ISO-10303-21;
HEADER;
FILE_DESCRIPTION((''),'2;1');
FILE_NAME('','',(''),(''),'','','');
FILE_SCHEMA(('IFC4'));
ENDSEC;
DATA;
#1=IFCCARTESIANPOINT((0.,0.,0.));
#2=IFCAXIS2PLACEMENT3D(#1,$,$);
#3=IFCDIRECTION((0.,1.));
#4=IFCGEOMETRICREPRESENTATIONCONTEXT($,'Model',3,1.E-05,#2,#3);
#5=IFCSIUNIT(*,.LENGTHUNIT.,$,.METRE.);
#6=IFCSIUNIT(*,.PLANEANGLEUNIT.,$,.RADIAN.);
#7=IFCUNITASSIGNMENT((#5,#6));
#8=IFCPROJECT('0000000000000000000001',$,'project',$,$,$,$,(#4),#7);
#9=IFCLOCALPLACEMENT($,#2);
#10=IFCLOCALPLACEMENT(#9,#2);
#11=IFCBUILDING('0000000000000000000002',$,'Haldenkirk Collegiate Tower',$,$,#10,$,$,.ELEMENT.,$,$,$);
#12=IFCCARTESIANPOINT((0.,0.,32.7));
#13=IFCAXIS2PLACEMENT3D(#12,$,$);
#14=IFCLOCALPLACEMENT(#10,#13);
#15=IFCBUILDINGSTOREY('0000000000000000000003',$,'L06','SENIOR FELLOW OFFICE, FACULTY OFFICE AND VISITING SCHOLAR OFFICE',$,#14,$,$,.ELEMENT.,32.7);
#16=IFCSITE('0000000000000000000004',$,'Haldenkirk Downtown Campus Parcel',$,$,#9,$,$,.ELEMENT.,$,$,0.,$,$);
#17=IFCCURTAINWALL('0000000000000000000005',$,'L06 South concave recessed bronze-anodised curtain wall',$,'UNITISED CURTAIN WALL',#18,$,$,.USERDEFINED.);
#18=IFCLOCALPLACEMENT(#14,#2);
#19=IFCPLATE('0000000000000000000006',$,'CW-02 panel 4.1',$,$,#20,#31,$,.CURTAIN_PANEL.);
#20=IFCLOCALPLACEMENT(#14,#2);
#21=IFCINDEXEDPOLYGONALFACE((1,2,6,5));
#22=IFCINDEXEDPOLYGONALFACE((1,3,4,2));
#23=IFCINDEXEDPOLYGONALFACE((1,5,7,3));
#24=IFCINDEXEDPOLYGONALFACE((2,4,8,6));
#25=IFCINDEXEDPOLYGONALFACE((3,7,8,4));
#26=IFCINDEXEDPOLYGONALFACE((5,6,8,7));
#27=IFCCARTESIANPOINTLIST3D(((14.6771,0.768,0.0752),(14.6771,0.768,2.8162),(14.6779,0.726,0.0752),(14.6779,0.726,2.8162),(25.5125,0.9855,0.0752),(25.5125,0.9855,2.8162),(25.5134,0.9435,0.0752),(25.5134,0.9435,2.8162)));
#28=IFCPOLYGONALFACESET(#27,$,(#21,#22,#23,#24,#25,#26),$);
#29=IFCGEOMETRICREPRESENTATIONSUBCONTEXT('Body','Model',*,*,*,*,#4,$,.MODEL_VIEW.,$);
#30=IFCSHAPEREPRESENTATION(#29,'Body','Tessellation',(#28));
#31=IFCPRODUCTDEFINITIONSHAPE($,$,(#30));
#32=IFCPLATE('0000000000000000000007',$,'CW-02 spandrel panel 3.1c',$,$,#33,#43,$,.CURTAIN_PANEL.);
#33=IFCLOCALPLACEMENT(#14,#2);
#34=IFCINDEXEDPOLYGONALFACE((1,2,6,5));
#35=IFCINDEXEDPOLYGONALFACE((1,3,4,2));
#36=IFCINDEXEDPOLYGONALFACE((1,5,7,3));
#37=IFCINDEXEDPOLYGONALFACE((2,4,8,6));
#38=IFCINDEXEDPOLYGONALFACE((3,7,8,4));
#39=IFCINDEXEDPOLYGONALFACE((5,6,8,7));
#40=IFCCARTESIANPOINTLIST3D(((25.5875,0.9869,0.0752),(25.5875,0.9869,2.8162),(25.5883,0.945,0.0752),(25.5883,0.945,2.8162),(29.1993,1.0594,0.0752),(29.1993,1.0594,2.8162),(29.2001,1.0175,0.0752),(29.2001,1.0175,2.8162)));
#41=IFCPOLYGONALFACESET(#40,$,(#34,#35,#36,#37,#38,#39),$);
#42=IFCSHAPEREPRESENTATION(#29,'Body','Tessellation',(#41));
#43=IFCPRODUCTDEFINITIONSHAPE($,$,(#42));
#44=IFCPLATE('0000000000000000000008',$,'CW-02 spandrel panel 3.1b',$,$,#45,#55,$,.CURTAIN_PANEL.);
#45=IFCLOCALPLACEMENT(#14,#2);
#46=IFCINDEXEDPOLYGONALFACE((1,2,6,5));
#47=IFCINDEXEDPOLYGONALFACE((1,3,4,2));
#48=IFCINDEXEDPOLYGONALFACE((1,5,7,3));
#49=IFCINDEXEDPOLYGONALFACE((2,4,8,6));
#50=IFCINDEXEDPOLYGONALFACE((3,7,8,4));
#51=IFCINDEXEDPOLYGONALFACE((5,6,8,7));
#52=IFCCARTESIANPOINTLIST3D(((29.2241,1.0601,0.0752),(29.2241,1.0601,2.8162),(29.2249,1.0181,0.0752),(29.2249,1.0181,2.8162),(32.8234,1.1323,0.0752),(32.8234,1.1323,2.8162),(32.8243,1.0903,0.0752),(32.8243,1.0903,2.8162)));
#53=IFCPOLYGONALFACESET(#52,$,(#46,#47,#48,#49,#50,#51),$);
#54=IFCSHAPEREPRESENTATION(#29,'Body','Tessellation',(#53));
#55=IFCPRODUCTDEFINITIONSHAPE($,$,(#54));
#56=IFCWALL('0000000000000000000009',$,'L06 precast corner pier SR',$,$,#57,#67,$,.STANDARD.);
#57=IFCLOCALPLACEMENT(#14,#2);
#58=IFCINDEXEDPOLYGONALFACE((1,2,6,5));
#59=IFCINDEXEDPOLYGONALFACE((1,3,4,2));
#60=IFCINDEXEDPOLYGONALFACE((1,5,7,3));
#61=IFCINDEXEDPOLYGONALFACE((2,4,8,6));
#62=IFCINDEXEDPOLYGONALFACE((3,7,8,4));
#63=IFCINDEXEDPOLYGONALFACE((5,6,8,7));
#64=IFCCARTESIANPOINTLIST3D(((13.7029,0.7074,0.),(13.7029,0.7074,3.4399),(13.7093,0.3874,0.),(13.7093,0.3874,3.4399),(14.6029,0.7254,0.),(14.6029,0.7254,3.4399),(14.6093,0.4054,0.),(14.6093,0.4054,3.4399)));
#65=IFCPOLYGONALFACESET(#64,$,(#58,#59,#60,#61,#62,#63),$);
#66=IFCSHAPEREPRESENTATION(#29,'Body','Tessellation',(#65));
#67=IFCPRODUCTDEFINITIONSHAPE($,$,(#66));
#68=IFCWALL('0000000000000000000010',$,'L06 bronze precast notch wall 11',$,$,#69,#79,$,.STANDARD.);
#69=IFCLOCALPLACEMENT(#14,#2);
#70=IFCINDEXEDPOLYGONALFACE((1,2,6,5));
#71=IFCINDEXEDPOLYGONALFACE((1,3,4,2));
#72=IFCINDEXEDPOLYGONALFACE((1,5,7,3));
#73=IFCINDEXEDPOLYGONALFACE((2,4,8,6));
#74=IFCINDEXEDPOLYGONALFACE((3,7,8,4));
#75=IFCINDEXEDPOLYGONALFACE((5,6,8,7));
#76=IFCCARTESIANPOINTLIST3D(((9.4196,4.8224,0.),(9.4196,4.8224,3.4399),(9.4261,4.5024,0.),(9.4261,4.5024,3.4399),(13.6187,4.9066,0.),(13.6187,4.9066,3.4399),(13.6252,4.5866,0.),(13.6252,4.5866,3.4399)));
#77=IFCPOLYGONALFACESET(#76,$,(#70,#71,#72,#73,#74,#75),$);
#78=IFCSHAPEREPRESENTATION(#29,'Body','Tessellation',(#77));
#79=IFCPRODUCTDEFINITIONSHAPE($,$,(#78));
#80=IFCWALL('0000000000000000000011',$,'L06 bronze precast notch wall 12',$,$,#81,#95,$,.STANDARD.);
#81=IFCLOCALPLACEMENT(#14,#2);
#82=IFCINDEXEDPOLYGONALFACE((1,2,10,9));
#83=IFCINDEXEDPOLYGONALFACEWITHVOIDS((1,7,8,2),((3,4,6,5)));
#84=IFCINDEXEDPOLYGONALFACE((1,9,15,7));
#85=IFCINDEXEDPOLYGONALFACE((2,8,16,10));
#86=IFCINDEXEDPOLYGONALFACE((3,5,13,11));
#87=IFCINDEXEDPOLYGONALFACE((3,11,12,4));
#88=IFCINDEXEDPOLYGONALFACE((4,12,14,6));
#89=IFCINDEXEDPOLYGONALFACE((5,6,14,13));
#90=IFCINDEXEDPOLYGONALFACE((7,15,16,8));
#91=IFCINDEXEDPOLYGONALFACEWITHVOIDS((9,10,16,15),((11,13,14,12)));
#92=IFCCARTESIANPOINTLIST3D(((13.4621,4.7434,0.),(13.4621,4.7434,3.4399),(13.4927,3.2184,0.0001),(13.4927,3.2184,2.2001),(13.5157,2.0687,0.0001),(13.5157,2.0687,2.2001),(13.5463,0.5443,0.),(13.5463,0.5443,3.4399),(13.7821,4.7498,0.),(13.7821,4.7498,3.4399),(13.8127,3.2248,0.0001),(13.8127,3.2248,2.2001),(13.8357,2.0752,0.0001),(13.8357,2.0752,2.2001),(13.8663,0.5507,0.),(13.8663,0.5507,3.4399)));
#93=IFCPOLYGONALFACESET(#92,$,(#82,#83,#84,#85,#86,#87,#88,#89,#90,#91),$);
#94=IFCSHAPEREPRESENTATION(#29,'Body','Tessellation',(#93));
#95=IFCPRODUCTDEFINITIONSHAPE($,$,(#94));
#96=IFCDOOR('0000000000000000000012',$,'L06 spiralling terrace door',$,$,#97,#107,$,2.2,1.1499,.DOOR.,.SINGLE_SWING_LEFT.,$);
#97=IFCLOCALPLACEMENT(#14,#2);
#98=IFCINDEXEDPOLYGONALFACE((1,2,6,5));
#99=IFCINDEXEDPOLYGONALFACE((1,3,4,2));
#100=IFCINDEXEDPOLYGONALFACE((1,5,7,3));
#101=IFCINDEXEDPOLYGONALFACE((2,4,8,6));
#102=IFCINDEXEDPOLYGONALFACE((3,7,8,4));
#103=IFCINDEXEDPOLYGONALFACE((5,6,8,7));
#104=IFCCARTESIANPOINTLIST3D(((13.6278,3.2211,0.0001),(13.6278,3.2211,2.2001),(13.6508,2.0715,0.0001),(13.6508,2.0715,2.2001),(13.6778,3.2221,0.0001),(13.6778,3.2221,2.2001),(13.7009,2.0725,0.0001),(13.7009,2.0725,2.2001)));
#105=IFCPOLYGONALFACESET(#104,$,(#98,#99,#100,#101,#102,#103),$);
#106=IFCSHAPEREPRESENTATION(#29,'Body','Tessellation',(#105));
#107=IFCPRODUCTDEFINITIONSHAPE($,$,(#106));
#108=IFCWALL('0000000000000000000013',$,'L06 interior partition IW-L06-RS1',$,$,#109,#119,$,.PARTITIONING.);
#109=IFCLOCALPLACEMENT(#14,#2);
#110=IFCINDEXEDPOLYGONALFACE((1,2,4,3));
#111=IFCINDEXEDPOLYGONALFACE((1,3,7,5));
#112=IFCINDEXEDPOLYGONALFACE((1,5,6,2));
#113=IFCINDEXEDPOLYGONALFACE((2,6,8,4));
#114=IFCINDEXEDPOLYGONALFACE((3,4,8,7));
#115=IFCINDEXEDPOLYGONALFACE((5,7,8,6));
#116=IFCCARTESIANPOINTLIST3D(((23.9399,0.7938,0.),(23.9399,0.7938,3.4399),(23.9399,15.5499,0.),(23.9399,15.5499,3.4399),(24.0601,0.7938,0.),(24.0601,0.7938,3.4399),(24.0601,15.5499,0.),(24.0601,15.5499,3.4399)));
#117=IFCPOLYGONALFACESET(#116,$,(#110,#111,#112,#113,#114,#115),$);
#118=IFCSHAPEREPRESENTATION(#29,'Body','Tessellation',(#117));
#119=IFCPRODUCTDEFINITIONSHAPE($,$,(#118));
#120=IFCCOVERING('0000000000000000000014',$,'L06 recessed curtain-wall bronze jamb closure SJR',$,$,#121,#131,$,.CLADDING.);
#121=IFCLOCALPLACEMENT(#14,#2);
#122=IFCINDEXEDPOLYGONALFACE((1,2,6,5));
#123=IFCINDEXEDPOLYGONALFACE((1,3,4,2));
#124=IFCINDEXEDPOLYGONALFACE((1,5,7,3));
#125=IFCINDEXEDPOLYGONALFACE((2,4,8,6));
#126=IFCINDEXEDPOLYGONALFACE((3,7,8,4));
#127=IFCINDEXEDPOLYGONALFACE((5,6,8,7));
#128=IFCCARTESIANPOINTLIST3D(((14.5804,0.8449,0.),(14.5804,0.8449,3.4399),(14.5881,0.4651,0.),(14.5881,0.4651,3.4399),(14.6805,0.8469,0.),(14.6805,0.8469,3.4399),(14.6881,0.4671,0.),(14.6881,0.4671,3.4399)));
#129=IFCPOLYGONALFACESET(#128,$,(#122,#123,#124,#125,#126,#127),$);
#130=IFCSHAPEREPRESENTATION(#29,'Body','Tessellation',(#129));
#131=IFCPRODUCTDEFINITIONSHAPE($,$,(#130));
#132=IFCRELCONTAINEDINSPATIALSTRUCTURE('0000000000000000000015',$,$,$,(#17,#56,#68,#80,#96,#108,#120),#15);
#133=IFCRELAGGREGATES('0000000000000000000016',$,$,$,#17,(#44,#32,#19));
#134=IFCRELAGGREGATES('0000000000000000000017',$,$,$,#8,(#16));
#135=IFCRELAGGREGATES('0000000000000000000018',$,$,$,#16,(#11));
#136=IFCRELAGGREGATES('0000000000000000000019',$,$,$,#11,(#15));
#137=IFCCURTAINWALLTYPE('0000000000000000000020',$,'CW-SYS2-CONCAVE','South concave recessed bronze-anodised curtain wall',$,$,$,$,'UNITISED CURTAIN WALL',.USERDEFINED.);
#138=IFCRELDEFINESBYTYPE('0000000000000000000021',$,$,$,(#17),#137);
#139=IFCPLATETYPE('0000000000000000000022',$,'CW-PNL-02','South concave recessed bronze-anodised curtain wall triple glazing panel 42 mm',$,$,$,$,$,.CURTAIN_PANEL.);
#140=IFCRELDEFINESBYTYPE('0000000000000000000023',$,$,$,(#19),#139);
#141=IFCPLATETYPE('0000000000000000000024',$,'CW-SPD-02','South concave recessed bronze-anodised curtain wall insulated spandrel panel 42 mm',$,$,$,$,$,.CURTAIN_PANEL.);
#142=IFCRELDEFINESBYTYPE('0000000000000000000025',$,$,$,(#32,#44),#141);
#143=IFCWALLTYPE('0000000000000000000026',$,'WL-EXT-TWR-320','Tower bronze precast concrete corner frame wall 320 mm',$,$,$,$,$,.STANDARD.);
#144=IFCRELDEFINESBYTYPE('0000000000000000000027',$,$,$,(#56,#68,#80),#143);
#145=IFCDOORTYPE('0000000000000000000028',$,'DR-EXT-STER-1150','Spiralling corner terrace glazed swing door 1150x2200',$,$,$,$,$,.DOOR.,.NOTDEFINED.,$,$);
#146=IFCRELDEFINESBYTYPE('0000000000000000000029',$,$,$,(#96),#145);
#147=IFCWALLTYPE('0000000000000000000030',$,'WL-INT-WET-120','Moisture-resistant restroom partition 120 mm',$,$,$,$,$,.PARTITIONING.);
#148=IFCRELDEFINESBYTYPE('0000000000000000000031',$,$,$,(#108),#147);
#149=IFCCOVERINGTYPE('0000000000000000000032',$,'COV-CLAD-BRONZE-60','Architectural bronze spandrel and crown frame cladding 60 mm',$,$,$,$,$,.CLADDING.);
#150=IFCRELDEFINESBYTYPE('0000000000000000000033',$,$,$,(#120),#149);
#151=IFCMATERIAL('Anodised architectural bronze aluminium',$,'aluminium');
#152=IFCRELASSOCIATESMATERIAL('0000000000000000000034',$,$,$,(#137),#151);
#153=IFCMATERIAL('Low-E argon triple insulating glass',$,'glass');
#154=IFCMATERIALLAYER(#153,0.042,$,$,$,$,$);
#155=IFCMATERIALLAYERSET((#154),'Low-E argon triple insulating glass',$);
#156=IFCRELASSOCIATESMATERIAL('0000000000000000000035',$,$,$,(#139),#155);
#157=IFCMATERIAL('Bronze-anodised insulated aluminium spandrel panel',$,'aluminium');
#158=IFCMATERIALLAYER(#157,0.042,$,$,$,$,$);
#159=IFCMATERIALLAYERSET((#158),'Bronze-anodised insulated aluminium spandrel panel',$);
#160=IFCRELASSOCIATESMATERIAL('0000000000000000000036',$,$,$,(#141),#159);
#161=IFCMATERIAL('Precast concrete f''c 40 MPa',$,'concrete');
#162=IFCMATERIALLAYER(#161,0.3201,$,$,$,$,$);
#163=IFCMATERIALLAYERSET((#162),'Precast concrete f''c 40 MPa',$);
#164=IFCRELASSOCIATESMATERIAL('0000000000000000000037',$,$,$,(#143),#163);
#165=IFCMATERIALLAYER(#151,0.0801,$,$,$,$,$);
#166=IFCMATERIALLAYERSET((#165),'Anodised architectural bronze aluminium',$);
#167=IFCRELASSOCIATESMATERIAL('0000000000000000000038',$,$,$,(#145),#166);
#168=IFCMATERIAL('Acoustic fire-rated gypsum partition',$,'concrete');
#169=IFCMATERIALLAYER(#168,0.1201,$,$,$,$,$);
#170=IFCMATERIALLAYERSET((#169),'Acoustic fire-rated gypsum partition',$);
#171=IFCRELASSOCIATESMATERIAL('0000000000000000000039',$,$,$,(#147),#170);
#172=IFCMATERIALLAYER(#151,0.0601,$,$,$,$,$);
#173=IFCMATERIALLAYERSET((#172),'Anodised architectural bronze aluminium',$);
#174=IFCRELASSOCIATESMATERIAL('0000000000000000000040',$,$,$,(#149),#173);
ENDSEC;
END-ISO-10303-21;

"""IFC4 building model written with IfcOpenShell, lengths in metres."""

from ifc_helpers import new_model, si_unit, direction, frame, frame_2d, origin, origin_2d, place, context, subcontext, project, spatial, rectangle, extrude, source, transform, mapped, material, layer, layer_set, type_object, element, fill, aggregate, save


model = new_model("IFC4")

# Units and contexts
model_context = context("Model", 3, precision=1e-05, world=origin(), true_north=direction((0.0, 1.0)))
body_context = subcontext(model_context, "Body", "Model", "MODEL_VIEW")
ifc_project = project(units=[si_unit("LENGTHUNIT", "METRE"), si_unit("PLANEANGLEUNIT", "RADIAN")], contexts=[model_context])

# Site, building, storey
site_placement = place(None, origin())
site = spatial("IfcSite", under=ifc_project, at=site_placement, Name="Haldenkirk Downtown Campus Parcel", CompositionType="ELEMENT", RefElevation=0.0)
building_placement = place(site_placement, origin())
building = spatial("IfcBuilding", under=site, at=building_placement, Name="Haldenkirk Collegiate Tower", CompositionType="ELEMENT")
storey_placement = place(building_placement, frame((0.0, 0.0, 32.7)))
storey = spatial("IfcBuildingStorey", under=building, at=storey_placement, Name="L06", Description="SENIOR FELLOW OFFICE, FACULTY OFFICE AND VISITING SCHOLAR OFFICE", CompositionType="ELEMENT", Elevation=32.7)

# Curtain wall, plates
ifc_material_1 = material(Name="Anodised architectural bronze aluminium", Category="aluminium")
curtain_wall_type = type_object("IfcCurtainWallType", Name="CW-SYS2-CONCAVE", Description="South concave recessed bronze-anodised curtain wall", ElementType="UNITISED CURTAIN WALL", PredefinedType="USERDEFINED", material=ifc_material_1)
curtain_wall_placement = place(storey_placement, origin())
curtain_wall = element("IfcCurtainWall", 1, at=curtain_wall_placement, inside=storey, type_object=curtain_wall_type, Name="L06 South concave recessed bronze-anodised curtain wall", ObjectType="UNITISED CURTAIN WALL", PredefinedType="USERDEFINED")
ifc_material_2 = material(Name="Low-E argon triple insulating glass", Category="glass")
ifc_layer_1 = layer(ifc_material_2, 0.042)
ifc_layer_set_1 = layer_set([ifc_layer_1], Name="Low-E argon triple insulating glass")
plate_type_1 = type_object("IfcPlateType", Name="CW-PNL-02", Description="South concave recessed bronze-anodised curtain wall triple glazing panel 42 mm", PredefinedType="CURTAIN_PANEL", material=ifc_layer_set_1)
shared_shape_1 = source(origin(), body_context, "Body", "SweptSolid", [
    extrude(rectangle(XDim=10.8376, YDim=0.042, at=origin_2d()), origin(), (0.0, 0.0, 1.0), 2.741),
])
plate_1_placement = place(storey_placement, frame((20.0952, 0.8557, 0.0752), z_axis=(0.0, 0.0, 1.0), x_axis=(-0.999799, -0.020068, 0.0)))
plate_1 = element("IfcPlate", 2, at=plate_1_placement, type_object=plate_type_1, Name="CW-02 panel 4.1", PredefinedType="CURTAIN_PANEL", context=body_context, shape_type="MappedRepresentation", body=[
    mapped(shared_shape_1, transform((0.0, 0.0, 0.0), x_axis=(1.0, 0.0, 0.0), y_axis=(0.0, 1.0, 0.0), z_axis=(0.0, 0.0, 1.0), scale=1.0)),
])
ifc_material_3 = material(Name="Bronze-anodised insulated aluminium spandrel panel", Category="aluminium")
ifc_layer_2 = layer(ifc_material_3, 0.042)
ifc_layer_set_2 = layer_set([ifc_layer_2], Name="Bronze-anodised insulated aluminium spandrel panel")
plate_type_2 = type_object("IfcPlateType", Name="CW-SPD-02", Description="South concave recessed bronze-anodised curtain wall insulated spandrel panel 42 mm", PredefinedType="CURTAIN_PANEL", material=ifc_layer_set_2)
shared_shape_2 = source(origin(), body_context, "Body", "SweptSolid", [
    extrude(rectangle(XDim=3.6125, YDim=0.042, at=origin_2d()), origin(), (0.0, 0.0, 1.0), 2.741),
])
plate_2_placement = place(storey_placement, frame((27.3938, 1.0022, 0.0752), z_axis=(0.0, 0.0, 1.0), x_axis=(-0.999799, -0.020068, 0.0)))
plate_2 = element("IfcPlate", 3, at=plate_2_placement, type_object=plate_type_2, Name="CW-02 spandrel panel 3.1c", PredefinedType="CURTAIN_PANEL", context=body_context, shape_type="MappedRepresentation", body=[
    mapped(shared_shape_2, transform((0.0, 0.0, 0.0), x_axis=(1.0, 0.0, 0.0), y_axis=(0.0, 1.0, 0.0), z_axis=(0.0, 0.0, 1.0), scale=1.0)),
])
shared_shape_3 = source(origin(), body_context, "Body", "SweptSolid", [
    extrude(rectangle(XDim=3.6001, YDim=0.042, at=origin_2d()), origin(), (0.0, 0.0, 1.0), 2.741),
])
plate_3_placement = place(storey_placement, frame((31.0242, 1.0752, 0.0752), z_axis=(0.0, 0.0, 1.0), x_axis=(-0.999799, -0.020068, 0.0)))
plate_3 = element("IfcPlate", 4, at=plate_3_placement, type_object=plate_type_2, Name="CW-02 spandrel panel 3.1b", PredefinedType="CURTAIN_PANEL", context=body_context, shape_type="MappedRepresentation", body=[
    mapped(shared_shape_3, transform((0.0, 0.0, 0.0), x_axis=(1.0, 0.0, 0.0), y_axis=(0.0, 1.0, 0.0), z_axis=(0.0, 0.0, 1.0), scale=1.0)),
])
aggregate(curtain_wall, [plate_3, plate_2, plate_1])

# Walls
ifc_material_4 = material(Name="Precast concrete f'c 40 MPa", Category="concrete")
ifc_layer_3 = layer(ifc_material_4, 0.3201)
ifc_layer_set_3 = layer_set([ifc_layer_3], Name="Precast concrete f'c 40 MPa")
wall_type_1 = type_object("IfcWallType", Name="WL-EXT-TWR-320", Description="Tower bronze precast concrete corner frame wall 320 mm", PredefinedType="STANDARD", material=ifc_layer_set_3)
wall_1_placement = place(storey_placement, frame((14.6062, 0.5654, 0.0), z_axis=(0.0, 0.0, 1.0), x_axis=(-0.999799, -0.020072, 0.0)))
element("IfcWall", 5, at=wall_1_placement, inside=storey, type_object=wall_type_1, Name="L06 precast corner pier SR", PredefinedType="STANDARD", context=body_context, shape_type="SweptSolid", body=[
    extrude(rectangle(XDim=0.9001, YDim=0.3201, at=frame_2d((0.4502, 0.0))), origin(), (0.0, 0.0, 1.0), 3.4399),
])
wall_2_placement = place(storey_placement, frame((13.6221, 4.7466, 0.0), z_axis=(0.0, 0.0, 1.0), x_axis=(-0.999799, -0.020054, 0.0)))
element("IfcWall", 6, at=wall_2_placement, inside=storey, type_object=wall_type_1, Name="L06 bronze precast notch wall 11", PredefinedType="STANDARD", context=body_context, shape_type="SweptSolid", body=[
    extrude(rectangle(XDim=4.2, YDim=0.3201, at=frame_2d((2.1001, 0.0))), origin(), (0.0, 0.0, 1.0), 3.4399),
])

# Wall, opening, door
wall_3_placement = place(storey_placement, frame((13.7063, 0.5474, 0.0), z_axis=(0.0, 0.0, 1.0), x_axis=(-0.020054, 0.999799, 0.0)))
wall_3 = element("IfcWall", 7, at=wall_3_placement, inside=storey, type_object=wall_type_1, Name="L06 bronze precast notch wall 12", PredefinedType="STANDARD", context=body_context, shape_type="SweptSolid", body=[
    extrude(rectangle(XDim=4.2, YDim=0.3201, at=frame_2d((2.1001, 0.0))), origin(), (0.0, 0.0, 1.0), 3.4399),
])
opening_placement = place(wall_3_placement, frame((1.5249, 0.0, 0.0)))
opening = element("IfcOpeningElement", 8, at=opening_placement, cuts=wall_3, PredefinedType="OPENING", context=body_context, shape_type="SweptSolid", body=[
    extrude(rectangle(XDim=1.1499, YDim=2.2, at=frame_2d((0.575, 1.1001))), frame((0.0, 0.1699, 0.0), z_axis=(0.0, -1.0, 0.0), x_axis=(1.0, 0.0, 0.0)), (0.0, 0.0, 1.0), 0.3401),
])
ifc_layer_4 = layer(ifc_material_1, 0.0801)
ifc_layer_set_4 = layer_set([ifc_layer_4], Name="Anodised architectural bronze aluminium")
door_type = type_object("IfcDoorType", Name="DR-EXT-STER-1150", Description="Spiralling corner terrace glazed swing door 1150x2200", OperationType="NOTDEFINED", PredefinedType="DOOR", material=ifc_layer_set_4)
door_placement = place(opening_placement, origin())
door = element("IfcDoor", 9, at=door_placement, inside=storey, type_object=door_type, Name="L06 spiralling terrace door", OperationType="SINGLE_SWING_LEFT", OverallHeight=2.2, OverallWidth=1.1499, PredefinedType="DOOR", context=body_context, shape_type="SweptSolid", body=[
    extrude(rectangle(XDim=1.1499, YDim=2.2, at=frame_2d((0.575, 1.1001))), frame((0.0, 0.0249, 0.0), z_axis=(0.0, -1.0, 0.0), x_axis=(1.0, 0.0, 0.0)), (0.0, 0.0, 1.0), 0.05),
])
fill(opening, door)

# Wall
ifc_material_5 = material(Name="Acoustic fire-rated gypsum partition", Category="concrete")
ifc_layer_5 = layer(ifc_material_5, 0.1201)
ifc_layer_set_5 = layer_set([ifc_layer_5], Name="Acoustic fire-rated gypsum partition")
wall_type_2 = type_object("IfcWallType", Name="WL-INT-WET-120", Description="Moisture-resistant restroom partition 120 mm", PredefinedType="PARTITIONING", material=ifc_layer_set_5)
wall_4_placement = place(storey_placement, frame((24.0, 0.7939, 0.0), z_axis=(0.0, 0.0, 1.0), x_axis=(0.0, 1.0, 0.0)))
element("IfcWall", 10, at=wall_4_placement, inside=storey, type_object=wall_type_2, Name="L06 interior partition IW-L06-RS1", PredefinedType="PARTITIONING", context=body_context, shape_type="SweptSolid", body=[
    extrude(rectangle(XDim=14.7561, YDim=0.1201, at=frame_2d((7.3779, 0.0))), origin(), (0.0, 0.0, 1.0), 3.4399),
])

# Covering
ifc_layer_6 = layer(ifc_material_1, 0.0601)
ifc_layer_set_6 = layer_set([ifc_layer_6], Name="Anodised architectural bronze aluminium")
covering_type = type_object("IfcCoveringType", Name="COV-CLAD-BRONZE-60", Description="Architectural bronze spandrel and crown frame cladding 60 mm", PredefinedType="CLADDING", material=ifc_layer_set_6)
shared_shape_4 = source(origin(), body_context, "Body", "SweptSolid", [
    extrude(rectangle(XDim=0.1001, YDim=0.3799, at=origin_2d()), origin(), (0.0, 0.0, 1.0), 3.4399),
])
covering_placement = place(storey_placement, frame((14.6343, 0.656, 0.0), z_axis=(0.0, 0.0, 1.0), x_axis=(-0.999799, -0.02007, 0.0)))
element("IfcCovering", 11, at=covering_placement, inside=storey, type_object=covering_type, Name="L06 recessed curtain-wall bronze jamb closure SJR", PredefinedType="CLADDING", context=body_context, shape_type="MappedRepresentation", body=[
    mapped(shared_shape_4, transform((0.0, 0.0, 0.0), x_axis=(1.0, 0.0, 0.0), y_axis=(0.0, 1.0, 0.0), z_axis=(0.0, 0.0, 1.0), scale=1.0)),
])

save(model, "model.ifc")
